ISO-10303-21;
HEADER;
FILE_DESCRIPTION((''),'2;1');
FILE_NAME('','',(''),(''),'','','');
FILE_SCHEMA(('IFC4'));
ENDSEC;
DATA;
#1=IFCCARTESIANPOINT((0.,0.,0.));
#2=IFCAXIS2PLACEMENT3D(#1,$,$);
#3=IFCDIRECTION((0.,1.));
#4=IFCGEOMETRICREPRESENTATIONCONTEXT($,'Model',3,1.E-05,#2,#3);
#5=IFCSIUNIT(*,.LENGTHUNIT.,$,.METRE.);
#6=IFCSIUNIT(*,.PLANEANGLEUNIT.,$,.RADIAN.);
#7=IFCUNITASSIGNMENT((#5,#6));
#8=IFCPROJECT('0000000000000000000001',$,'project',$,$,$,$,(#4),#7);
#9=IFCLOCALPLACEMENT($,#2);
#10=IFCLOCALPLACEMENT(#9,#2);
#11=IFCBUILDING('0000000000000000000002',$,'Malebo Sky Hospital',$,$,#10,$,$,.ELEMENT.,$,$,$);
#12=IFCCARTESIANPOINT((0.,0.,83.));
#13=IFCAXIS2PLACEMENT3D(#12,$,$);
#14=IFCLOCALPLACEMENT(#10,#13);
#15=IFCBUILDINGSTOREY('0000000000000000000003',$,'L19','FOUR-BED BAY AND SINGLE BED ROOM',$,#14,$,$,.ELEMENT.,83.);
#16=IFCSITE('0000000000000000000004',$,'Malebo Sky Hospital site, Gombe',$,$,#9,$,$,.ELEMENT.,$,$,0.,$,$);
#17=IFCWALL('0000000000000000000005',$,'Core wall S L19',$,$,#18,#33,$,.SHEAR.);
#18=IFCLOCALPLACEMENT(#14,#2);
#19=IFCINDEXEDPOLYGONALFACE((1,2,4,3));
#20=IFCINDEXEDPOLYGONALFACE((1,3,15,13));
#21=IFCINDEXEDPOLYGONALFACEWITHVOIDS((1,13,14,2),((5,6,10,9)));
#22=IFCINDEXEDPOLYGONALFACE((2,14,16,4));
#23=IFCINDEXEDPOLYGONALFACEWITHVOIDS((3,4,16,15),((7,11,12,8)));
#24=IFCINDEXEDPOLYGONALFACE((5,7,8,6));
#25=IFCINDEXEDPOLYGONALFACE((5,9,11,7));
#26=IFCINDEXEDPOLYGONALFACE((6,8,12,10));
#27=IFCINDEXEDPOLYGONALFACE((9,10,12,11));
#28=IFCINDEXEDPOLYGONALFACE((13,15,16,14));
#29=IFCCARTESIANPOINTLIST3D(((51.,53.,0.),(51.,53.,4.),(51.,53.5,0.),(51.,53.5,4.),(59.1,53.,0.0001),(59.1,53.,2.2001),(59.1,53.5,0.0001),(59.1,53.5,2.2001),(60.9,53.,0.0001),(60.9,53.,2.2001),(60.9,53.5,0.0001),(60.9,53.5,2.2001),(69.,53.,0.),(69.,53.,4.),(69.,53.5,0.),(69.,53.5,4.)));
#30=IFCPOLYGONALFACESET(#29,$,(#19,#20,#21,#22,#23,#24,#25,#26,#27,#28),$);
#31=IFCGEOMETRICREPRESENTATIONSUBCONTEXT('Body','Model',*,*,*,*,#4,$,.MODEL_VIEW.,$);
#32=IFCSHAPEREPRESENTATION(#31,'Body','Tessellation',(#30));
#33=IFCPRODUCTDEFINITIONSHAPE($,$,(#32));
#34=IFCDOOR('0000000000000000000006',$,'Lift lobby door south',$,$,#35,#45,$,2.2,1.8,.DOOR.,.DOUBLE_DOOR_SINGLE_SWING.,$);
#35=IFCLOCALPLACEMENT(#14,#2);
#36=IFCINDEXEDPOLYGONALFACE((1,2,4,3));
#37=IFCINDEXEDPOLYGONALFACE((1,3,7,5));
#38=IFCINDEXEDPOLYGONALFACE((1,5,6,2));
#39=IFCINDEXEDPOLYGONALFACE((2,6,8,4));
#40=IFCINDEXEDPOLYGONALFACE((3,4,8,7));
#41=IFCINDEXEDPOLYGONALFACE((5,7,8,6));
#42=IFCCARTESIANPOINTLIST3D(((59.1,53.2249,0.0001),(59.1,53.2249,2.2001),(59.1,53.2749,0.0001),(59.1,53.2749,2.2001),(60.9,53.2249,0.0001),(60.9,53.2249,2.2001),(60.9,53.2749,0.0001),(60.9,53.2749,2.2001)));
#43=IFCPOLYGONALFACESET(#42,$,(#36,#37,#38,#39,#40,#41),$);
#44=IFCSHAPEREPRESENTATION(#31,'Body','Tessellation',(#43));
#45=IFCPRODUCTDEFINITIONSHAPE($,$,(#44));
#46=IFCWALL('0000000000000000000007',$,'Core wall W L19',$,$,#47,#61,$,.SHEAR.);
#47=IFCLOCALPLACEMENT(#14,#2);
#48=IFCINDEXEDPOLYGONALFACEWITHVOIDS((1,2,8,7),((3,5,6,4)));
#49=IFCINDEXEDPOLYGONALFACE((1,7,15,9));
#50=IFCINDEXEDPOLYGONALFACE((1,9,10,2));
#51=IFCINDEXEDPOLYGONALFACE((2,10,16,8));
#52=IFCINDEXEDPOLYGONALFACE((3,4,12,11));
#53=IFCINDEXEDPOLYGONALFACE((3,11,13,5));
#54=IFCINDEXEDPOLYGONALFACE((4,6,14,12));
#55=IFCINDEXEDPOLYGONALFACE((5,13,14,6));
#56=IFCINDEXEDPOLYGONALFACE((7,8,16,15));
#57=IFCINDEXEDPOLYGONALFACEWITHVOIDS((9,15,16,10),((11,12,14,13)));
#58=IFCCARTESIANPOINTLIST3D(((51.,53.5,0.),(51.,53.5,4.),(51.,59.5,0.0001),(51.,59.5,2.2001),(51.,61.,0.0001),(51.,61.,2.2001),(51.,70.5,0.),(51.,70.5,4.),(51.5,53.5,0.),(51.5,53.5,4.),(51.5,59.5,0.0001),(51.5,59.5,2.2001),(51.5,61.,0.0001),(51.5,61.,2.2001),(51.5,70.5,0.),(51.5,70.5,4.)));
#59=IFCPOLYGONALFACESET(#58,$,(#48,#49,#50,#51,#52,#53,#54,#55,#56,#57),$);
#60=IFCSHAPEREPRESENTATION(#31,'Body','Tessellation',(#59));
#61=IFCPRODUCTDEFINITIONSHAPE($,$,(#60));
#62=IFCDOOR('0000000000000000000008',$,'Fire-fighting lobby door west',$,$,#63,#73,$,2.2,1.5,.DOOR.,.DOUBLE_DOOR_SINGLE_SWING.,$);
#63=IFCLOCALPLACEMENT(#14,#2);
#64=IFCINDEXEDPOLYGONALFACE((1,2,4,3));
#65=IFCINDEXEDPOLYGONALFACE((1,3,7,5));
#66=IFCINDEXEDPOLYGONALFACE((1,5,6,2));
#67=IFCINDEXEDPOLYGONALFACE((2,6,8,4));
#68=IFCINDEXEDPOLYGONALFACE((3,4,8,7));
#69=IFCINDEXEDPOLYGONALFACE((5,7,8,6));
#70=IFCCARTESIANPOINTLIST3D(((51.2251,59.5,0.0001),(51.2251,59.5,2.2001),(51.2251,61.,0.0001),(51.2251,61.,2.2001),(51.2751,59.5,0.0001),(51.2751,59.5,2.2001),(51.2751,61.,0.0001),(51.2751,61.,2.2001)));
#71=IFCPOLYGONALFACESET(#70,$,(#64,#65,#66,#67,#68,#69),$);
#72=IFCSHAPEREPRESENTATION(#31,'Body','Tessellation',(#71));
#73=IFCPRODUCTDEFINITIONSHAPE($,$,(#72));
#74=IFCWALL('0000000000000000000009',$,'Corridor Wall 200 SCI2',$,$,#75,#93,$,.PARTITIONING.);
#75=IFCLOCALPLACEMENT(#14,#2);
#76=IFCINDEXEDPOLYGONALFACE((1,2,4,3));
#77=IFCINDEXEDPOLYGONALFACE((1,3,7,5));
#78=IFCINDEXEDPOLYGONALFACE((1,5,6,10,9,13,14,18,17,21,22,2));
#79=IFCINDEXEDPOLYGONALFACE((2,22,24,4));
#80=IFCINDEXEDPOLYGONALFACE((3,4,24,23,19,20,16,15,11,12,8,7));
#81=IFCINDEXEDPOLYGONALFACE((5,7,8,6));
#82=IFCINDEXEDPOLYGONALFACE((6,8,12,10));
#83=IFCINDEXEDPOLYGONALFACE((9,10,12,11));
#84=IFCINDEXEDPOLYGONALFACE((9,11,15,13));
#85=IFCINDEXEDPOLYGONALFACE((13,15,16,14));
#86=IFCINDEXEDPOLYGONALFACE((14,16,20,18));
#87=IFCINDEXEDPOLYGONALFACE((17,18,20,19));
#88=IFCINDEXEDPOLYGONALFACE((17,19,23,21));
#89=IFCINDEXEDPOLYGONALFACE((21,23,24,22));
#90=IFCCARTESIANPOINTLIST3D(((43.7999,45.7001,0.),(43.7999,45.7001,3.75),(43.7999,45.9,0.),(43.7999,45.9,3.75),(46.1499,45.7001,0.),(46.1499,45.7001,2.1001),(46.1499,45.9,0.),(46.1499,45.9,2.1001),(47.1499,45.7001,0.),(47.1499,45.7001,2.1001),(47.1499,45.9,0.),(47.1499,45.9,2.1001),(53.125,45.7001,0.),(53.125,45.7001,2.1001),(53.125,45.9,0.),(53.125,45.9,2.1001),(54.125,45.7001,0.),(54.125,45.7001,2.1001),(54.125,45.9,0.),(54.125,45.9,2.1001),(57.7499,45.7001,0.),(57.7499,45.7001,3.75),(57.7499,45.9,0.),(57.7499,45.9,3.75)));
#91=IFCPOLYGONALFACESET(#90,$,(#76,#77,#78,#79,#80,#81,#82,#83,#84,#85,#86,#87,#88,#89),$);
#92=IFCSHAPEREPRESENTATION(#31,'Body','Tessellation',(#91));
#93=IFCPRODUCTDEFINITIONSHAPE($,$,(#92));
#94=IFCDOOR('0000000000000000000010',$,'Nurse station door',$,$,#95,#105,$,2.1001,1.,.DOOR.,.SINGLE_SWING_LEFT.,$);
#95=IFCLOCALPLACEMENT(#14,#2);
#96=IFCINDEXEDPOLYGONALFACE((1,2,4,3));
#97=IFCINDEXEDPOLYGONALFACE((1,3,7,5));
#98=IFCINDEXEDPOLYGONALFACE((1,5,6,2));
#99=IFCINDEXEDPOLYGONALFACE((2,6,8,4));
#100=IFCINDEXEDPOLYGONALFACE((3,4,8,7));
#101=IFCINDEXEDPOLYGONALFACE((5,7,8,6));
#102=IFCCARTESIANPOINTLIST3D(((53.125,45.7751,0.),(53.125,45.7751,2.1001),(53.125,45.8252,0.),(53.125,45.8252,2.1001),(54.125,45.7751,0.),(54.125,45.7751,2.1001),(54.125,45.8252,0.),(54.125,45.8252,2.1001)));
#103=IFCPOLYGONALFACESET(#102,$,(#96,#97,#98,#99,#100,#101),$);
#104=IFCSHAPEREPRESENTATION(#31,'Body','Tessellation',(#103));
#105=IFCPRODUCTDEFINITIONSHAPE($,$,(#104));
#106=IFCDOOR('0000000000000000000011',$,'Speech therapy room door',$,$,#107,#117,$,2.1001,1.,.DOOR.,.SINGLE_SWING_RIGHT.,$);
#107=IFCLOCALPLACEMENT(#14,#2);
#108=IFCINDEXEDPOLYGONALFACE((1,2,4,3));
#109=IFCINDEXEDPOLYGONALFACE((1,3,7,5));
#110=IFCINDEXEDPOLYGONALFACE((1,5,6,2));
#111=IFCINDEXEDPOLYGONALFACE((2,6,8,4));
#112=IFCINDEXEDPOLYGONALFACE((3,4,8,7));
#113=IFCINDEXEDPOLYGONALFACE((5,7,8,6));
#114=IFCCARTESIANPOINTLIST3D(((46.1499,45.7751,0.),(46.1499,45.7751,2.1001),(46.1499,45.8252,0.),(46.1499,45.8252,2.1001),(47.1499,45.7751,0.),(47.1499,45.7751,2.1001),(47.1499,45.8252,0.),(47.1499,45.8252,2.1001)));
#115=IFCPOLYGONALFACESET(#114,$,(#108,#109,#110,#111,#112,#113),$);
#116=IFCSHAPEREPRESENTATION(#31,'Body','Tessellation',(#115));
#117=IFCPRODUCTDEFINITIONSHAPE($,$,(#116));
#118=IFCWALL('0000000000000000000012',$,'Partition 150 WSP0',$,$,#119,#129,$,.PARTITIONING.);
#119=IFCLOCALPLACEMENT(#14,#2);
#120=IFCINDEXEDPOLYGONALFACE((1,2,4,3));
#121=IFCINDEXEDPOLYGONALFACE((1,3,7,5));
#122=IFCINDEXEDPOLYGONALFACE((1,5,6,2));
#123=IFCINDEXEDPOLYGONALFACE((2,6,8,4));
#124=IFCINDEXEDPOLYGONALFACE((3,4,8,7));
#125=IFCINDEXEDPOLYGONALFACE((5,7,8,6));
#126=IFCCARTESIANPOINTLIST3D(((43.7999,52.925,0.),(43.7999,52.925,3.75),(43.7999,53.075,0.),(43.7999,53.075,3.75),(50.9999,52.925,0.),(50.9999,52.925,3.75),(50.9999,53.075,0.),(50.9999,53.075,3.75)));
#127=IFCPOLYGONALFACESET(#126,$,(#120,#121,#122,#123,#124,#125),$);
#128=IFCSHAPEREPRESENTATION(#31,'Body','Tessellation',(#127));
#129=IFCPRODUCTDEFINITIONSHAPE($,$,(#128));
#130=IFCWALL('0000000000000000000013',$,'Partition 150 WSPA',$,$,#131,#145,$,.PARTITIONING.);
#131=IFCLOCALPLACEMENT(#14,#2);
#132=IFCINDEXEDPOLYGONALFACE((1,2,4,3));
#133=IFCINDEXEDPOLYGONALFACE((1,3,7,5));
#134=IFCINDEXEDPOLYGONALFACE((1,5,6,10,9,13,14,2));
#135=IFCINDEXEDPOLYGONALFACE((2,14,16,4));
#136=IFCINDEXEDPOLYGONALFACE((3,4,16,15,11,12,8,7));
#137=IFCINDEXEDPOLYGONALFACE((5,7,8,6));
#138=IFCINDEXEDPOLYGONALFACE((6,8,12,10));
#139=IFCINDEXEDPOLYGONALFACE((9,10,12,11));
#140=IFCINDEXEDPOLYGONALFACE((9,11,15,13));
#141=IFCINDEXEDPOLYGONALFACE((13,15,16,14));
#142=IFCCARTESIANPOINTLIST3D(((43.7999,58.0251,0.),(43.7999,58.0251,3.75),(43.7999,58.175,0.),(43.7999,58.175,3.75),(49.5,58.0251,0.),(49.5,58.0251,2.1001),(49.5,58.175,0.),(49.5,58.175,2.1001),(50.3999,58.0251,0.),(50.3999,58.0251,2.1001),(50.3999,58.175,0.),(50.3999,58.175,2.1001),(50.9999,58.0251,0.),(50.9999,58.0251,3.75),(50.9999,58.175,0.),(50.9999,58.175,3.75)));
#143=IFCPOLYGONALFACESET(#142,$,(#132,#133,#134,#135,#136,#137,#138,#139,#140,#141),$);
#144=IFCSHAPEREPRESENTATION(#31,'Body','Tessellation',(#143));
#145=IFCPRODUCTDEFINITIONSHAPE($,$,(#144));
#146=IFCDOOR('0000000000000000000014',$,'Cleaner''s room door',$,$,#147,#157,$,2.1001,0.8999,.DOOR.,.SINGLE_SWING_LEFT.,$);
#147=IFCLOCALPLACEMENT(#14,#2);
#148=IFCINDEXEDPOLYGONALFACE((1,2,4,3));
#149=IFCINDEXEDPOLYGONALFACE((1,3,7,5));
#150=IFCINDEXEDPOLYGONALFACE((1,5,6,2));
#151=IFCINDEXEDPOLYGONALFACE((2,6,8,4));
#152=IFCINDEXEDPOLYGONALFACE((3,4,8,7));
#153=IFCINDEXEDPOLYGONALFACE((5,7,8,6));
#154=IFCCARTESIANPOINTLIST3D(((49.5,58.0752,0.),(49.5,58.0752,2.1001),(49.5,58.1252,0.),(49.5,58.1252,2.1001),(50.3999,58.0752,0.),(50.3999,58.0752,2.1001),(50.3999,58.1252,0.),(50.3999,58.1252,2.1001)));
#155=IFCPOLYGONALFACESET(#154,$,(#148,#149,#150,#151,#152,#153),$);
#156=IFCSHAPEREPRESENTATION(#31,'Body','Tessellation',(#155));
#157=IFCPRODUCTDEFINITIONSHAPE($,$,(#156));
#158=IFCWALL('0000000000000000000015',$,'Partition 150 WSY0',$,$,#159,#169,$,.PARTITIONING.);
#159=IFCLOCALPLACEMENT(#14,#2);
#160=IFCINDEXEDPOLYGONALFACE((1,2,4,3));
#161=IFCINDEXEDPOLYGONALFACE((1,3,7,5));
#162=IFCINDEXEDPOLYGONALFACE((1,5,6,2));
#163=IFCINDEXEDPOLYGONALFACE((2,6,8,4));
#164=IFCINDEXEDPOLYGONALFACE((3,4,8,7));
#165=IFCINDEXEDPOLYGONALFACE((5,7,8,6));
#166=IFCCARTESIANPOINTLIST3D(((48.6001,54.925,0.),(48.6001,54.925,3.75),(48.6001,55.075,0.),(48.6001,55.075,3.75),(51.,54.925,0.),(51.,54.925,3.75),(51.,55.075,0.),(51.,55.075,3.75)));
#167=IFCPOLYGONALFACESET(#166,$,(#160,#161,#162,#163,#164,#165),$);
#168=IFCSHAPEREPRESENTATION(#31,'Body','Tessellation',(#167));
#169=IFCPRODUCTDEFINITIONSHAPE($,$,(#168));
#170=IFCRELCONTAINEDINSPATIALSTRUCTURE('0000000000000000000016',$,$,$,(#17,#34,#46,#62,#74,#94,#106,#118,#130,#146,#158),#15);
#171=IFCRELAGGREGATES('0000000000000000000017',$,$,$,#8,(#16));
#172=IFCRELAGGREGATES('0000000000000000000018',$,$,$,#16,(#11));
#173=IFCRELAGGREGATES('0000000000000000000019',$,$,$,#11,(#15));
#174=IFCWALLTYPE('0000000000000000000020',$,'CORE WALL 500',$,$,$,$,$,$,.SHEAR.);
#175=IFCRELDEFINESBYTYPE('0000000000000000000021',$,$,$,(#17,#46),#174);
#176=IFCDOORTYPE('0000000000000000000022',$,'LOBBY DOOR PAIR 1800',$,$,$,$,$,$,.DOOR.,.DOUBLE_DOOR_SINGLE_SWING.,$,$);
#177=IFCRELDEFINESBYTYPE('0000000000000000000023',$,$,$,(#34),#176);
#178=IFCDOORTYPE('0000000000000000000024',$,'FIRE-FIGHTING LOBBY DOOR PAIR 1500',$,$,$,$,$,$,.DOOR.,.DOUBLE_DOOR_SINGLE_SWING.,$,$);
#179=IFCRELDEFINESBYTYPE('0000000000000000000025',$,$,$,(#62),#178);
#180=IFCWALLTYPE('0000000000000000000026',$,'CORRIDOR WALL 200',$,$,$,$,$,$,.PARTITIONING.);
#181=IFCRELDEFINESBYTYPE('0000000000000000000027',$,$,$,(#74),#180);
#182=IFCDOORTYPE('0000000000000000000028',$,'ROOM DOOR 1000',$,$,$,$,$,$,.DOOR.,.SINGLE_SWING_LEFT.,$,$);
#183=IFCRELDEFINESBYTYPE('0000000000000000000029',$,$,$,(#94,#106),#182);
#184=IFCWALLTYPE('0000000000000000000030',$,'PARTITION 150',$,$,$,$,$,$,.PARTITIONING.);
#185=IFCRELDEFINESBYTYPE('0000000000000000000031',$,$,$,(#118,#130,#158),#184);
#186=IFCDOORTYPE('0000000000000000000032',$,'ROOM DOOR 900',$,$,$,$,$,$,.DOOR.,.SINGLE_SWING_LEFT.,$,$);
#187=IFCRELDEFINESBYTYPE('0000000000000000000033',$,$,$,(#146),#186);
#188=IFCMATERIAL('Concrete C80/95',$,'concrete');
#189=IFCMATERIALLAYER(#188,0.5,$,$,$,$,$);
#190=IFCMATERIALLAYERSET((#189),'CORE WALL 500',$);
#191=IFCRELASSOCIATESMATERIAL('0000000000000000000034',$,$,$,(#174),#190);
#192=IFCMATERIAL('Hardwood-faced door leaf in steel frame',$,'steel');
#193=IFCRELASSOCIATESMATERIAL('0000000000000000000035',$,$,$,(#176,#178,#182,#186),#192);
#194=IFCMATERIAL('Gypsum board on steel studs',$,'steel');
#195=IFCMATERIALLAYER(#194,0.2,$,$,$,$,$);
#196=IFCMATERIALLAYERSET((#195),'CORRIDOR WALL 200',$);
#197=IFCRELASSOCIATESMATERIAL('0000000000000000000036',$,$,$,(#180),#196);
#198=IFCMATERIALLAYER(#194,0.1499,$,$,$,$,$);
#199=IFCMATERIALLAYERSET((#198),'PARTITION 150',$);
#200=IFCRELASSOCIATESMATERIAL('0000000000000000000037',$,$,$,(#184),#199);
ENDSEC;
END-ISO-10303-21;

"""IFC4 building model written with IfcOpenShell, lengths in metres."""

from ifc_helpers import new_model, si_unit, direction, frame, frame_2d, origin, place, context, subcontext, project, spatial, rectangle, extrude, material, layer, layer_set, type_object, element, fill, save


model = new_model("IFC4")

# Units and contexts
model_context = context("Model", 3, precision=1e-05, world=origin(), true_north=direction((0.0, 1.0)))
body_context = subcontext(model_context, "Body", "Model", "MODEL_VIEW")
ifc_project = project(units=[si_unit("LENGTHUNIT", "METRE"), si_unit("PLANEANGLEUNIT", "RADIAN")], contexts=[model_context])

# Site, building, storey
site_placement = place(None, origin())
site = spatial("IfcSite", under=ifc_project, at=site_placement, Name="Malebo Sky Hospital site, Gombe", CompositionType="ELEMENT", RefElevation=0.0)
building_placement = place(site_placement, origin())
building = spatial("IfcBuilding", under=site, at=building_placement, Name="Malebo Sky Hospital", CompositionType="ELEMENT")
storey_placement = place(building_placement, frame((0.0, 0.0, 83.0)))
storey = spatial("IfcBuildingStorey", under=building, at=storey_placement, Name="L19", Description="FOUR-BED BAY AND SINGLE BED ROOM", CompositionType="ELEMENT", Elevation=83.0)

# Shared definitions
ifc_material_1 = material(Name="Concrete C80/95", Category="concrete")

# Walls, openings, doors
ifc_layer_1 = layer(ifc_material_1, 0.5)
ifc_layer_set_1 = layer_set([ifc_layer_1], Name="CORE WALL 500")
wall_type_1 = type_object("IfcWallType", Name="CORE WALL 500", PredefinedType="SHEAR", material=ifc_layer_set_1)
wall_1_placement = place(storey_placement, frame((51.0, 53.25, 0.0), z_axis=(0.0, 0.0, 1.0), x_axis=(1.0, 0.0, 0.0)))
wall_1 = element("IfcWall", 1, at=wall_1_placement, inside=storey, type_object=wall_type_1, Name="Core wall S L19", PredefinedType="SHEAR", context=body_context, shape_type="SweptSolid", body=[
    extrude(rectangle(XDim=18.0, YDim=0.5, at=frame_2d((9.0, 0.0))), origin(), (0.0, 0.0, 1.0), 4.0),
])
opening_1_placement = place(wall_1_placement, frame((8.1001, 0.0, 0.0)))
opening_1 = element("IfcOpeningElement", 2, at=opening_1_placement, cuts=wall_1, PredefinedType="OPENING", context=body_context, shape_type="SweptSolid", body=[
    extrude(rectangle(XDim=1.8, YDim=2.2, at=frame_2d((0.8999, 1.1001))), frame((0.0, 0.26, 0.0), z_axis=(0.0, -1.0, 0.0), x_axis=(1.0, 0.0, 0.0)), (0.0, 0.0, 1.0), 0.52),
])
ifc_material_2 = material(Name="Hardwood-faced door leaf in steel frame", Category="steel")
door_type_1 = type_object("IfcDoorType", Name="LOBBY DOOR PAIR 1800", OperationType="DOUBLE_DOOR_SINGLE_SWING", PredefinedType="DOOR", material=ifc_material_2)
door_1_placement = place(opening_1_placement, origin())
door_1 = element("IfcDoor", 3, at=door_1_placement, inside=storey, type_object=door_type_1, Name="Lift lobby door south", OperationType="DOUBLE_DOOR_SINGLE_SWING", OverallHeight=2.2, OverallWidth=1.8, PredefinedType="DOOR", context=body_context, shape_type="SweptSolid", body=[
    extrude(rectangle(XDim=1.8, YDim=2.2, at=frame_2d((0.8999, 1.1001))), frame((0.0, 0.0249, 0.0), z_axis=(0.0, -1.0, 0.0), x_axis=(1.0, 0.0, 0.0)), (0.0, 0.0, 1.0), 0.05),
])
fill(opening_1, door_1)
wall_2_placement = place(storey_placement, frame((51.25, 53.5, 0.0), z_axis=(0.0, 0.0, 1.0), x_axis=(0.0, 1.0, 0.0)))
wall_2 = element("IfcWall", 4, at=wall_2_placement, inside=storey, type_object=wall_type_1, Name="Core wall W L19", PredefinedType="SHEAR", context=body_context, shape_type="SweptSolid", body=[
    extrude(rectangle(XDim=17.0, YDim=0.5, at=frame_2d((8.5, 0.0))), origin(), (0.0, 0.0, 1.0), 4.0),
])
opening_2_placement = place(wall_2_placement, frame((6.0, 0.0, 0.0)))
opening_2 = element("IfcOpeningElement", 5, at=opening_2_placement, cuts=wall_2, PredefinedType="OPENING", context=body_context, shape_type="SweptSolid", body=[
    extrude(rectangle(XDim=1.5, YDim=2.2, at=frame_2d((0.75, 1.1001))), frame((0.0, 0.26, 0.0), z_axis=(0.0, -1.0, 0.0), x_axis=(1.0, 0.0, 0.0)), (0.0, 0.0, 1.0), 0.52),
])
door_type_2 = type_object("IfcDoorType", Name="FIRE-FIGHTING LOBBY DOOR PAIR 1500", OperationType="DOUBLE_DOOR_SINGLE_SWING", PredefinedType="DOOR", material=ifc_material_2)
door_2_placement = place(opening_2_placement, origin())
door_2 = element("IfcDoor", 6, at=door_2_placement, inside=storey, type_object=door_type_2, Name="Fire-fighting lobby door west", OperationType="DOUBLE_DOOR_SINGLE_SWING", OverallHeight=2.2, OverallWidth=1.5, PredefinedType="DOOR", context=body_context, shape_type="SweptSolid", body=[
    extrude(rectangle(XDim=1.5, YDim=2.2, at=frame_2d((0.75, 1.1001))), frame((0.0, 0.0249, 0.0), z_axis=(0.0, -1.0, 0.0), x_axis=(1.0, 0.0, 0.0)), (0.0, 0.0, 1.0), 0.05),
])
fill(opening_2, door_2)

# Wall, openings, doors
ifc_material_3 = material(Name="Gypsum board on steel studs", Category="steel")
ifc_layer_2 = layer(ifc_material_3, 0.2)
ifc_layer_set_2 = layer_set([ifc_layer_2], Name="CORRIDOR WALL 200")
wall_type_2 = type_object("IfcWallType", Name="CORRIDOR WALL 200", PredefinedType="PARTITIONING", material=ifc_layer_set_2)
wall_3_placement = place(storey_placement, frame((57.75, 45.8, 0.0), z_axis=(0.0, 0.0, 1.0), x_axis=(-1.0, 0.0, 0.0)))
wall_3 = element("IfcWall", 7, at=wall_3_placement, inside=storey, type_object=wall_type_2, Name="Corridor Wall 200 SCI2", PredefinedType="PARTITIONING", context=body_context, shape_type="SweptSolid", body=[
    extrude(rectangle(XDim=13.95, YDim=0.2, at=frame_2d((6.9751, 0.0))), origin(), (0.0, 0.0, 1.0), 3.75),
])
opening_3_placement = place(wall_3_placement, frame((3.625, 0.0, 0.0)))
opening_3 = element("IfcOpeningElement", 8, at=opening_3_placement, cuts=wall_3, PredefinedType="OPENING", context=body_context, shape_type="SweptSolid", body=[
    extrude(rectangle(XDim=1.0, YDim=2.1001, at=frame_2d((0.5, 1.05))), frame((0.0, 0.1099, 0.0), z_axis=(0.0, -1.0, 0.0), x_axis=(1.0, 0.0, 0.0)), (0.0, 0.0, 1.0), 0.22),
])
opening_4_placement = place(wall_3_placement, frame((10.6001, 0.0, 0.0)))
opening_4 = element("IfcOpeningElement", 9, at=opening_4_placement, cuts=wall_3, PredefinedType="OPENING", context=body_context, shape_type="SweptSolid", body=[
    extrude(rectangle(XDim=1.0, YDim=2.1001, at=frame_2d((0.5, 1.05))), frame((0.0, 0.1099, 0.0), z_axis=(0.0, -1.0, 0.0), x_axis=(1.0, 0.0, 0.0)), (0.0, 0.0, 1.0), 0.22),
])
door_type_3 = type_object("IfcDoorType", Name="ROOM DOOR 1000", OperationType="SINGLE_SWING_LEFT", PredefinedType="DOOR", material=ifc_material_2)
door_3_placement = place(opening_3_placement, origin())
door_3 = element("IfcDoor", 10, at=door_3_placement, inside=storey, type_object=door_type_3, Name="Nurse station door", OperationType="SINGLE_SWING_LEFT", OverallHeight=2.1001, OverallWidth=1.0, PredefinedType="DOOR", context=body_context, shape_type="SweptSolid", body=[
    extrude(rectangle(XDim=1.0, YDim=2.1001, at=frame_2d((0.5, 1.05))), frame((0.0, 0.0249, 0.0), z_axis=(0.0, -1.0, 0.0), x_axis=(1.0, 0.0, 0.0)), (0.0, 0.0, 1.0), 0.05),
])
fill(opening_3, door_3)
door_4_placement = place(opening_4_placement, origin())
door_4 = element("IfcDoor", 11, at=door_4_placement, inside=storey, type_object=door_type_3, Name="Speech therapy room door", OperationType="SINGLE_SWING_RIGHT", OverallHeight=2.1001, OverallWidth=1.0, PredefinedType="DOOR", context=body_context, shape_type="SweptSolid", body=[
    extrude(rectangle(XDim=1.0, YDim=2.1001, at=frame_2d((0.5, 1.05))), frame((0.0, 0.0249, 0.0), z_axis=(0.0, -1.0, 0.0), x_axis=(1.0, 0.0, 0.0)), (0.0, 0.0, 1.0), 0.05),
])
fill(opening_4, door_4)

# Wall
ifc_layer_3 = layer(ifc_material_3, 0.1499)
ifc_layer_set_3 = layer_set([ifc_layer_3], Name="PARTITION 150")
wall_type_3 = type_object("IfcWallType", Name="PARTITION 150", PredefinedType="PARTITIONING", material=ifc_layer_set_3)
wall_4_placement = place(storey_placement, frame((51.0, 53.0, 0.0), z_axis=(0.0, 0.0, 1.0), x_axis=(-1.0, 0.0, 0.0)))
element("IfcWall", 12, at=wall_4_placement, inside=storey, type_object=wall_type_3, Name="Partition 150 WSP0", PredefinedType="PARTITIONING", context=body_context, shape_type="SweptSolid", body=[
    extrude(rectangle(XDim=7.2, YDim=0.1499, at=frame_2d((3.6001, 0.0))), origin(), (0.0, 0.0, 1.0), 3.75),
])

# Wall, opening, door
wall_5_placement = place(storey_placement, frame((51.0, 58.1001, 0.0), z_axis=(0.0, 0.0, 1.0), x_axis=(-1.0, 0.0, 0.0)))
wall_5 = element("IfcWall", 13, at=wall_5_placement, inside=storey, type_object=wall_type_3, Name="Partition 150 WSPA", PredefinedType="PARTITIONING", context=body_context, shape_type="SweptSolid", body=[
    extrude(rectangle(XDim=7.2, YDim=0.1499, at=frame_2d((3.6001, 0.0))), origin(), (0.0, 0.0, 1.0), 3.75),
])
opening_5_placement = place(wall_5_placement, frame((0.6001, 0.0, 0.0)))
opening_5 = element("IfcOpeningElement", 14, at=opening_5_placement, cuts=wall_5, PredefinedType="OPENING", context=body_context, shape_type="SweptSolid", body=[
    extrude(rectangle(XDim=0.8999, YDim=2.1001, at=frame_2d((0.45, 1.05))), frame((0.0, 0.085, 0.0), z_axis=(0.0, -1.0, 0.0), x_axis=(1.0, 0.0, 0.0)), (0.0, 0.0, 1.0), 0.1699),
])
door_type_4 = type_object("IfcDoorType", Name="ROOM DOOR 900", OperationType="SINGLE_SWING_LEFT", PredefinedType="DOOR", material=ifc_material_2)
door_5_placement = place(opening_5_placement, origin())
door_5 = element("IfcDoor", 15, at=door_5_placement, inside=storey, type_object=door_type_4, Name="Cleaner's room door", OperationType="SINGLE_SWING_LEFT", OverallHeight=2.1001, OverallWidth=0.8999, PredefinedType="DOOR", context=body_context, shape_type="SweptSolid", body=[
    extrude(rectangle(XDim=0.8999, YDim=2.1001, at=frame_2d((0.45, 1.05))), frame((0.0, 0.0249, 0.0), z_axis=(0.0, -1.0, 0.0), x_axis=(1.0, 0.0, 0.0)), (0.0, 0.0, 1.0), 0.05),
])
fill(opening_5, door_5)

# Wall
wall_6_placement = place(storey_placement, frame((51.0, 55.0, 0.0), z_axis=(0.0, 0.0, 1.0), x_axis=(-1.0, 0.0, 0.0)))
element("IfcWall", 16, at=wall_6_placement, inside=storey, type_object=wall_type_3, Name="Partition 150 WSY0", PredefinedType="PARTITIONING", context=body_context, shape_type="SweptSolid", body=[
    extrude(rectangle(XDim=2.3999, YDim=0.1499, at=frame_2d((1.2, 0.0))), origin(), (0.0, 0.0, 1.0), 3.75),
])

save(model, "model.ifc")
